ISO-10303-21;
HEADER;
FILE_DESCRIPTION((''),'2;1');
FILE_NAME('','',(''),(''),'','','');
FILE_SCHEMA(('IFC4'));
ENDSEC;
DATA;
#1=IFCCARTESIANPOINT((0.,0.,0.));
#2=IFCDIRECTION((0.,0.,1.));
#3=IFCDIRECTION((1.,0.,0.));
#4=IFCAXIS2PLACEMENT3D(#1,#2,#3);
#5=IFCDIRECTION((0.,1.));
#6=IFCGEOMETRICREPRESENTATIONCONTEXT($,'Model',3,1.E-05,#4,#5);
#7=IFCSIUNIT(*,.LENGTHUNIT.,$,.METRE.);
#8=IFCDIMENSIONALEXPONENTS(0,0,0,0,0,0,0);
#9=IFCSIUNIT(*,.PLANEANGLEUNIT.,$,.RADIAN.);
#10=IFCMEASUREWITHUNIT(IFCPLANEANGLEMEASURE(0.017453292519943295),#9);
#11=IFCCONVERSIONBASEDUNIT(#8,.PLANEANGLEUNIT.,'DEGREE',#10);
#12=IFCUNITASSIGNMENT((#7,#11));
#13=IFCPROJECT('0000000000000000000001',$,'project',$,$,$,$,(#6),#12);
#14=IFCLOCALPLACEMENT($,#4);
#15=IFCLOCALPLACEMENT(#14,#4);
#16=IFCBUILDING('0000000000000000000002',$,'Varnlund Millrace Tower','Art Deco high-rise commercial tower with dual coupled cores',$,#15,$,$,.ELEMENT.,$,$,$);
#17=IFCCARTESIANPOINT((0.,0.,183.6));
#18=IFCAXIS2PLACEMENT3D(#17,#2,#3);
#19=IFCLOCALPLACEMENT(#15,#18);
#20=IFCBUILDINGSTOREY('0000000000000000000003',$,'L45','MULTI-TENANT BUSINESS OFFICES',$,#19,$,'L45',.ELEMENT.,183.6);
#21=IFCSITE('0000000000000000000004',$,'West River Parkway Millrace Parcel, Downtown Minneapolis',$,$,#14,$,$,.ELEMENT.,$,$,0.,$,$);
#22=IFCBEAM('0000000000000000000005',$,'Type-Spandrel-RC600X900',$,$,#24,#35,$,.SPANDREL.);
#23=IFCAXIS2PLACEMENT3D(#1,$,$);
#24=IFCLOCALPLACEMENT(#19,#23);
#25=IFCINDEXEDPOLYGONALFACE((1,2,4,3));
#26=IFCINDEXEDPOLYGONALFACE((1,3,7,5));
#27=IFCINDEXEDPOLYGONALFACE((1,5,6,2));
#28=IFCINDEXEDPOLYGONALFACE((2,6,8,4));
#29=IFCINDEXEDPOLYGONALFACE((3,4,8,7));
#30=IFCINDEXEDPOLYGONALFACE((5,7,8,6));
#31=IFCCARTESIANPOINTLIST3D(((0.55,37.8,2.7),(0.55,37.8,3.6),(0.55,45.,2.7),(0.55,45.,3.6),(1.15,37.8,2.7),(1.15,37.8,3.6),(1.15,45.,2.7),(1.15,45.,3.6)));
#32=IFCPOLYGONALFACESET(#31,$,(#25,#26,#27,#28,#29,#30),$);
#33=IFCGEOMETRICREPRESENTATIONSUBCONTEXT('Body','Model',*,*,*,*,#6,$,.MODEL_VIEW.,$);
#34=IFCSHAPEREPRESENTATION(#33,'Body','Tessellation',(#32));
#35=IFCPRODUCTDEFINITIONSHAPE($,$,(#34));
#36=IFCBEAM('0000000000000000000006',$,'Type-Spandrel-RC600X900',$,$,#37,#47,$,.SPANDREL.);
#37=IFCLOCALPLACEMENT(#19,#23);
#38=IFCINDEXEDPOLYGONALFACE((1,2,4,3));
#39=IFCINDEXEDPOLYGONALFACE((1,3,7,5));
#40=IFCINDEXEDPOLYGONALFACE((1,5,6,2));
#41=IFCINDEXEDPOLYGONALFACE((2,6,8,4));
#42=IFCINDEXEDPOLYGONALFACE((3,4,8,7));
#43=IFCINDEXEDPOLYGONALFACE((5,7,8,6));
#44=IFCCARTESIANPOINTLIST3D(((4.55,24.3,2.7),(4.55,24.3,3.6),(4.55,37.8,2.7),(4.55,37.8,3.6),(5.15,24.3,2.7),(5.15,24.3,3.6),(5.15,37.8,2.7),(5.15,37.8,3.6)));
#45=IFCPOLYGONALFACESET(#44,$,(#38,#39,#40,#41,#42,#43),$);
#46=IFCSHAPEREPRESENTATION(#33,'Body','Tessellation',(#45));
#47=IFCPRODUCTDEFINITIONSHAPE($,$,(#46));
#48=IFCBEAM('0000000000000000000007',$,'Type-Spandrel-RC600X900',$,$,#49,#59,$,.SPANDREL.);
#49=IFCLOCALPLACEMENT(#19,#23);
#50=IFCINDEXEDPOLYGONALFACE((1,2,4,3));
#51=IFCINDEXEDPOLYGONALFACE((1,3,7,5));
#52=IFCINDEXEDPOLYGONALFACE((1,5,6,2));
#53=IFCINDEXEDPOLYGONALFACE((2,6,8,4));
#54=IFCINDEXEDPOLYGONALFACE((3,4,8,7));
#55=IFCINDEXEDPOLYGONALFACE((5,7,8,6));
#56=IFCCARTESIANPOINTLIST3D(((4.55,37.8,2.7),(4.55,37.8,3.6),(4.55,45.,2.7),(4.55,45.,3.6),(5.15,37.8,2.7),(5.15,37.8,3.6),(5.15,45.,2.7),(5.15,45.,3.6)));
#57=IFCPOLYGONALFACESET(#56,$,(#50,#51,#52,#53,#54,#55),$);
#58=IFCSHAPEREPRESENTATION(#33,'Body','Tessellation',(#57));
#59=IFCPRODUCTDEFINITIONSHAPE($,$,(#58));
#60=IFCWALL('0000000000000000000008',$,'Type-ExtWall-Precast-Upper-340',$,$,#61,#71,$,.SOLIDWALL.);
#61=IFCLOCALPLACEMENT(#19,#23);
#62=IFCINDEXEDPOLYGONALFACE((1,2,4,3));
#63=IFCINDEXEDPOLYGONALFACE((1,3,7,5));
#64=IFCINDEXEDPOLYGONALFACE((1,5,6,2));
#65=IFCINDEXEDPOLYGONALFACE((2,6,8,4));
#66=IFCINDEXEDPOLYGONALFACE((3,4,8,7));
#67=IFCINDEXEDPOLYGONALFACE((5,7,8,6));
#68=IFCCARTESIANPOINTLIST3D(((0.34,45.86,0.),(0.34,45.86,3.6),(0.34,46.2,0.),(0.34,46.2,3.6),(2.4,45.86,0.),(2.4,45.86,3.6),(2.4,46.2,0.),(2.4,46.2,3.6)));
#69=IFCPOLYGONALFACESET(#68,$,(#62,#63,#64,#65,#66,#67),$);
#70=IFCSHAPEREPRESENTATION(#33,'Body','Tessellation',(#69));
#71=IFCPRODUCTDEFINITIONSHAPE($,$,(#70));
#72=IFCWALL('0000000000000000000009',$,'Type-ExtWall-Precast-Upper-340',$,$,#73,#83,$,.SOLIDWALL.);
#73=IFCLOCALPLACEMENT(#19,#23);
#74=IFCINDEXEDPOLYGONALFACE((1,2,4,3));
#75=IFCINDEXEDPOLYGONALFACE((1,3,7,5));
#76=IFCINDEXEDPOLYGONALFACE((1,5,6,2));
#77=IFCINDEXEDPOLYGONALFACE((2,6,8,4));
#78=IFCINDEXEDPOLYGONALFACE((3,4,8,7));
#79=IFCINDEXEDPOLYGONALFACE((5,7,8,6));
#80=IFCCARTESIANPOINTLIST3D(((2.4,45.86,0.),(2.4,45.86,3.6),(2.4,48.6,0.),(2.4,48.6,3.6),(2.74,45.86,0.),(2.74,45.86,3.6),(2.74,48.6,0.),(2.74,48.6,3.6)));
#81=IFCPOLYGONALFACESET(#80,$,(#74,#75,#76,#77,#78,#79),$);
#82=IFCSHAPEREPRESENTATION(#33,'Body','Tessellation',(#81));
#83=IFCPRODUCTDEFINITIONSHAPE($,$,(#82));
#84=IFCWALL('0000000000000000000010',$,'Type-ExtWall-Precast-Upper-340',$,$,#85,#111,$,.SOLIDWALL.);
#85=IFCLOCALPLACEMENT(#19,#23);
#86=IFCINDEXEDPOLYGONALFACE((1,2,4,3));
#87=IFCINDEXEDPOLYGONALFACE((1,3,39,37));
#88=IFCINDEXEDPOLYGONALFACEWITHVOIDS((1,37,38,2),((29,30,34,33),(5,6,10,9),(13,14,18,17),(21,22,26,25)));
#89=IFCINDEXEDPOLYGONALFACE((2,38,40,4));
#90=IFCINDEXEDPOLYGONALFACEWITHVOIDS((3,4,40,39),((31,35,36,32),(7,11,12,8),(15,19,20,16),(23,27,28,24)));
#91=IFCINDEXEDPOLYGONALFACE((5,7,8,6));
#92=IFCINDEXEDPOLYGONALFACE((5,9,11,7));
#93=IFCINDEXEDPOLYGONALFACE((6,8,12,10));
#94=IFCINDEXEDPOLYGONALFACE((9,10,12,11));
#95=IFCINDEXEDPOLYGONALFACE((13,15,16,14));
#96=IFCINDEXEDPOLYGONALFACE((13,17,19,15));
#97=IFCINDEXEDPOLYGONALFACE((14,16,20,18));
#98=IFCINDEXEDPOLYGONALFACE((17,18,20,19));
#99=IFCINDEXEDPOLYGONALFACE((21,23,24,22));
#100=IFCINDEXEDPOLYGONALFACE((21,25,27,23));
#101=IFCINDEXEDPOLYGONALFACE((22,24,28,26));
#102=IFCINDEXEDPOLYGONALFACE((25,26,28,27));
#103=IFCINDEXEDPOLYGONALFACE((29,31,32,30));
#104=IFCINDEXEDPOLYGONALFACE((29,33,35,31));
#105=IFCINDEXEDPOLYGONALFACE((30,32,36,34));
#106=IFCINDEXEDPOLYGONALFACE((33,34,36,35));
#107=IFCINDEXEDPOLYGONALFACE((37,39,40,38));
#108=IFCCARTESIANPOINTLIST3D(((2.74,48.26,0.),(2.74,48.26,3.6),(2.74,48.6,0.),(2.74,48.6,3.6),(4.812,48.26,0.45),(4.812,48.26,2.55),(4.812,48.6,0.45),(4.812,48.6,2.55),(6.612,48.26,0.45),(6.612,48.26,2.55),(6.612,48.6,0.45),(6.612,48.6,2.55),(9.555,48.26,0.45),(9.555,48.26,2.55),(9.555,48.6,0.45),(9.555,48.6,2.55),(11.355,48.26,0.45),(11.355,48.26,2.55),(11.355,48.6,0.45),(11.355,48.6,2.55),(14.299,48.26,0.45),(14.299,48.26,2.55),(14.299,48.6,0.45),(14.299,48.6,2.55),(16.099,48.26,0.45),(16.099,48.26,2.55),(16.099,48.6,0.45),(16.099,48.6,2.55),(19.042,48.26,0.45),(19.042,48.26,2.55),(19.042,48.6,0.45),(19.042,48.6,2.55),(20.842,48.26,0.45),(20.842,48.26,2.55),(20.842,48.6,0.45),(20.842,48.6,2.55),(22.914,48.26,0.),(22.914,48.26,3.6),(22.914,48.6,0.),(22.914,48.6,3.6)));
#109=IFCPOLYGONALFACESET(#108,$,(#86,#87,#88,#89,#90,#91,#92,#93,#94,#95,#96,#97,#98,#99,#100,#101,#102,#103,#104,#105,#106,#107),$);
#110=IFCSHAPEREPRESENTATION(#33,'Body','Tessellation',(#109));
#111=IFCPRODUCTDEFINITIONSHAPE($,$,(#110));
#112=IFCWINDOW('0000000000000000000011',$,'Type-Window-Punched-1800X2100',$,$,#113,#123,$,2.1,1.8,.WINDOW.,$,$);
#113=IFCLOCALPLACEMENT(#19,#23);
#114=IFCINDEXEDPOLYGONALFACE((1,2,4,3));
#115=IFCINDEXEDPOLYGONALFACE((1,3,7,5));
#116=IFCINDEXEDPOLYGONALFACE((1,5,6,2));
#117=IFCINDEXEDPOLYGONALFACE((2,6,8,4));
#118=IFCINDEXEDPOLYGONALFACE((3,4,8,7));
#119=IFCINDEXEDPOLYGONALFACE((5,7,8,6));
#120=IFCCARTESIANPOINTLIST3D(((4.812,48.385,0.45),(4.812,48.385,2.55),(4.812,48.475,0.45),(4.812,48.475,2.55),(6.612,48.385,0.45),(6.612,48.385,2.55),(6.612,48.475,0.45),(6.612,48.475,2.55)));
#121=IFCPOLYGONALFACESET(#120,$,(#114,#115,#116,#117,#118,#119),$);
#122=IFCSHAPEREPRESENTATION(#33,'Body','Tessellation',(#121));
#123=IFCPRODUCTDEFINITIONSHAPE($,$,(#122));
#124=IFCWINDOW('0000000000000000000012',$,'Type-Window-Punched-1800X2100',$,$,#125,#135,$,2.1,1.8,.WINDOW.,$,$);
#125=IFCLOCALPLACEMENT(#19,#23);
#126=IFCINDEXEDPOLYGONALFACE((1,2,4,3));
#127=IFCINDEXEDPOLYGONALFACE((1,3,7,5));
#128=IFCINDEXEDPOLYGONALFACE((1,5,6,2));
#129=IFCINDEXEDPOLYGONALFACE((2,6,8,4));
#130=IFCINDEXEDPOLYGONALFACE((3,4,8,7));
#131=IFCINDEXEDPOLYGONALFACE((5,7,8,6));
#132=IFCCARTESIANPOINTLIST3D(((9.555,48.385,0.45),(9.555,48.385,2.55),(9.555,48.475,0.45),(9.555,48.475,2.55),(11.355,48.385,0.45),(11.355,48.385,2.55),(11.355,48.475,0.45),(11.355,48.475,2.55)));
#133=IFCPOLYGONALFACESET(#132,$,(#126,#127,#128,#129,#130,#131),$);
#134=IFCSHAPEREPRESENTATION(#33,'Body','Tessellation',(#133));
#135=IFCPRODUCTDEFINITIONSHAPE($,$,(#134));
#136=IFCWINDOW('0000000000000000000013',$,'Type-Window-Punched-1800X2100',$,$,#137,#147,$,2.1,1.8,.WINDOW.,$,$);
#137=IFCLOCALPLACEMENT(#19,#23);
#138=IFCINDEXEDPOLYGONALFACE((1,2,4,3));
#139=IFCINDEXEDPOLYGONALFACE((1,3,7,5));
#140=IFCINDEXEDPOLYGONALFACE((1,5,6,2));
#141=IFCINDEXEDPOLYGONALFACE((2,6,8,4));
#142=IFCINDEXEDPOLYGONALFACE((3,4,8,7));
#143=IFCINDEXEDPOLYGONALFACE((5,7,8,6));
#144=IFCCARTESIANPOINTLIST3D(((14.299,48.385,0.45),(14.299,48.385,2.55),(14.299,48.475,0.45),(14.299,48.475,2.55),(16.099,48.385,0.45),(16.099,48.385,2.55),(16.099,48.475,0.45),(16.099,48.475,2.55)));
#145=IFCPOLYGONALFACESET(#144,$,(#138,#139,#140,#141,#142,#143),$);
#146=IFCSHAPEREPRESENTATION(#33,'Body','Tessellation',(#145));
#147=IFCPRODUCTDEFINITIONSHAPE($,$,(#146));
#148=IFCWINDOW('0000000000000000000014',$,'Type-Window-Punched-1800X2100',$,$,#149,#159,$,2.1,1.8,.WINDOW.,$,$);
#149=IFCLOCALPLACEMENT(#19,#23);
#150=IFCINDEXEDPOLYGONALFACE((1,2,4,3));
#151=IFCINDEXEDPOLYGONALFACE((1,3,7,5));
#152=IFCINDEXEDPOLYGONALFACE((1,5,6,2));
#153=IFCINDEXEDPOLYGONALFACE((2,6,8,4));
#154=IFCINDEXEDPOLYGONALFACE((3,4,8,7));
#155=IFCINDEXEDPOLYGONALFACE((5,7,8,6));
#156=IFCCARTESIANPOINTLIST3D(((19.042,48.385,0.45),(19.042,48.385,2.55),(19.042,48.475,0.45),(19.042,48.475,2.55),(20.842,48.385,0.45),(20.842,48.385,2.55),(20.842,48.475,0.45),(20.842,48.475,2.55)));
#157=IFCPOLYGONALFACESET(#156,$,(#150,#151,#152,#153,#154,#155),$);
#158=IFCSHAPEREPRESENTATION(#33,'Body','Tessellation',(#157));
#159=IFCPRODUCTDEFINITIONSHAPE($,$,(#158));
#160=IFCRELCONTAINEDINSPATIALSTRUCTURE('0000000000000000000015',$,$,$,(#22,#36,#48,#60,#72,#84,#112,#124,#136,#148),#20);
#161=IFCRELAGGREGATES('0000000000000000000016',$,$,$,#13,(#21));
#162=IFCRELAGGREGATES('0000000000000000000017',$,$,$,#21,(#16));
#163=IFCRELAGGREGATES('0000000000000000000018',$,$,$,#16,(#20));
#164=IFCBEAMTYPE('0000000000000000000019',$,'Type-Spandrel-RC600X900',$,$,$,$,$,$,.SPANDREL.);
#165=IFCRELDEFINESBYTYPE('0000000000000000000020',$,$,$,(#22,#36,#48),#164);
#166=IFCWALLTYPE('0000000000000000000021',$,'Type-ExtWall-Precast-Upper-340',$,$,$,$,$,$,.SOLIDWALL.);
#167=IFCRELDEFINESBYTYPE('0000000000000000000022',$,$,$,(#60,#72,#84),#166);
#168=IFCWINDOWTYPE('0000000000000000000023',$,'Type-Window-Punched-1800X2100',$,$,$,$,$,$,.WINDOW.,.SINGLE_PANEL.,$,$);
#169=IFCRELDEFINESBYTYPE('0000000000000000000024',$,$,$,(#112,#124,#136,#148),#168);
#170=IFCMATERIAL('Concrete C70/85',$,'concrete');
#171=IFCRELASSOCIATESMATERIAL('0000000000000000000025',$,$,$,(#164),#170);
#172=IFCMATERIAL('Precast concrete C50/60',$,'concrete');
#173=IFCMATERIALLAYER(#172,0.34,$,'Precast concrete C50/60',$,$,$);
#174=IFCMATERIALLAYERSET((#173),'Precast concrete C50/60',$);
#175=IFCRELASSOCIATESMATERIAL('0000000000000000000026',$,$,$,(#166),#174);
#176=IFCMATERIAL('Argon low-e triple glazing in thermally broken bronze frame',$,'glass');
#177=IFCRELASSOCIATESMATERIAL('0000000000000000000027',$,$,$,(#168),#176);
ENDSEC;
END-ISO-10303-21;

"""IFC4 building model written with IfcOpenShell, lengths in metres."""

from ifc_helpers import new_model, entity, si_unit, converted_unit, direction, frame, origin_with_axes, origin_2d_with_axis, place, context, subcontext, project, spatial, polyline, rectangle, outline, extrude, material, layer, layer_set, material_profile, profile_set, type_object, element, fill, save


model = new_model("IFC4")

# Units and contexts
model_context = context("Model", 3, precision=1e-05, world=origin_with_axes(), true_north=direction((0.0, 1.0)))
body_context = subcontext(model_context, "Body", "Model", "MODEL_VIEW")
ifc_project = project(units=[si_unit("LENGTHUNIT", "METRE"), converted_unit("PLANEANGLEUNIT", "DEGREE", entity("IfcPlaneAngleMeasure", 0.017453292519943295), si_unit("PLANEANGLEUNIT", "RADIAN"), dimensions=[0, 0, 0, 0, 0, 0, 0])], contexts=[model_context])

# Site, building, storey
site_placement = place(None, origin_with_axes())
site = spatial("IfcSite", under=ifc_project, at=site_placement, Name="West River Parkway Millrace Parcel, Downtown Minneapolis", CompositionType="ELEMENT", RefElevation=0.0)
building_placement = place(site_placement, origin_with_axes())
building = spatial("IfcBuilding", under=site, at=building_placement, Name="Varnlund Millrace Tower", Description="Art Deco high-rise commercial tower with dual coupled cores", CompositionType="ELEMENT")
storey_placement = place(building_placement, frame((0.0, 0.0, 183.6), z_axis=(0.0, 0.0, 1.0), x_axis=(1.0, 0.0, 0.0)))
storey = spatial("IfcBuildingStorey", under=building, at=storey_placement, Name="L45", Description="MULTI-TENANT BUSINESS OFFICES", LongName="L45", CompositionType="ELEMENT", Elevation=183.6)

# Beams
ifc_material_1 = material(Name="Concrete C70/85", Category="concrete")
ifc_material_profile_1 = material_profile(ifc_material_1, rectangle(XDim=0.6, YDim=0.9, at=origin_2d_with_axis()), Name="Concrete C70/85")
ifc_profile_set_1 = profile_set([ifc_material_profile_1], Name="Concrete C70/85")
beam_type_1 = type_object("IfcBeamType", Name="Type-Spandrel-RC600X900", PredefinedType="SPANDREL", material=ifc_profile_set_1)
beam_1_placement = place(storey_placement, frame((0.85, 37.8, 3.15), z_axis=(0.0, 1.0, 0.0), x_axis=(-1.0, 0.0, 0.0)))
element("IfcBeam", 1, at=beam_1_placement, inside=storey, type_object=beam_type_1, Name="Type-Spandrel-RC600X900", PredefinedType="SPANDREL", context=body_context, shape_type="SweptSolid", body=[
    extrude(rectangle(XDim=0.6, YDim=0.9, at=origin_2d_with_axis()), origin_with_axes(), (0.0, 0.0, 1.0), 7.2),
])
beam_2_placement = place(storey_placement, frame((4.85, 24.3, 3.15), z_axis=(0.0, 1.0, 0.0), x_axis=(-1.0, 0.0, 0.0)))
element("IfcBeam", 2, at=beam_2_placement, inside=storey, type_object=beam_type_1, Name="Type-Spandrel-RC600X900", PredefinedType="SPANDREL", context=body_context, shape_type="SweptSolid", body=[
    extrude(rectangle(XDim=0.6, YDim=0.9, at=origin_2d_with_axis()), origin_with_axes(), (0.0, 0.0, 1.0), 13.5),
])
beam_3_placement = place(storey_placement, frame((4.85, 37.8, 3.15), z_axis=(0.0, 1.0, 0.0), x_axis=(-1.0, 0.0, 0.0)))
element("IfcBeam", 3, at=beam_3_placement, inside=storey, type_object=beam_type_1, Name="Type-Spandrel-RC600X900", PredefinedType="SPANDREL", context=body_context, shape_type="SweptSolid", body=[
    extrude(rectangle(XDim=0.6, YDim=0.9, at=origin_2d_with_axis()), origin_with_axes(), (0.0, 0.0, 1.0), 7.2),
])

# Walls
ifc_material_2 = material(Name="Precast concrete C50/60", Category="concrete")
ifc_layer = layer(ifc_material_2, 0.34, Name="Precast concrete C50/60")
ifc_layer_set = layer_set([ifc_layer], Name="Precast concrete C50/60")
wall_type = type_object("IfcWallType", Name="Type-ExtWall-Precast-Upper-340", PredefinedType="SOLIDWALL", material=ifc_layer_set)
wall_1_placement = place(storey_placement, frame((0.34, 46.03, 0.0), z_axis=(0.0, 0.0, 1.0), x_axis=(1.0, 0.0, 0.0)))
element("IfcWall", 4, at=wall_1_placement, inside=storey, type_object=wall_type, Name="Type-ExtWall-Precast-Upper-340", PredefinedType="SOLIDWALL", context=body_context, shape_type="SweptSolid", body=[
    extrude(outline(polyline([(0.0, -0.17), (2.06, -0.17), (2.06, 0.17), (0.0, 0.17), (0.0, -0.17)])), origin_with_axes(), (0.0, 0.0, 1.0), 3.6),
])
wall_2_placement = place(storey_placement, frame((2.57, 45.86, 0.0), z_axis=(0.0, 0.0, 1.0), x_axis=(0.0, 1.0, 0.0)))
element("IfcWall", 5, at=wall_2_placement, inside=storey, type_object=wall_type, Name="Type-ExtWall-Precast-Upper-340", PredefinedType="SOLIDWALL", context=body_context, shape_type="SweptSolid", body=[
    extrude(outline(polyline([(0.0, -0.17), (2.74, -0.17), (2.74, 0.17), (0.0, 0.17), (0.0, -0.17)])), origin_with_axes(), (0.0, 0.0, 1.0), 3.6),
])

# Wall, openings, windows
wall_3_placement = place(storey_placement, frame((2.74, 48.43, 0.0), z_axis=(0.0, 0.0, 1.0), x_axis=(1.0, 0.0, 0.0)))
wall_3 = element("IfcWall", 6, at=wall_3_placement, inside=storey, type_object=wall_type, Name="Type-ExtWall-Precast-Upper-340", PredefinedType="SOLIDWALL", context=body_context, shape_type="SweptSolid", body=[
    extrude(outline(polyline([(0.0, -0.17), (20.174, -0.17), (20.174, 0.17), (0.0, 0.17), (0.0, -0.17)])), origin_with_axes(), (0.0, 0.0, 1.0), 3.6),
])
opening_1_placement = place(wall_3_placement, frame((2.972, 0.0, 0.45), z_axis=(0.0, 0.0, 1.0), x_axis=(1.0, 0.0, 0.0)))
opening_1 = element("IfcOpeningElement", 7, at=opening_1_placement, cuts=wall_3, PredefinedType="OPENING", context=body_context, shape_type="SweptSolid", body=[
    extrude(rectangle(XDim=1.8, YDim=0.36, at=origin_2d_with_axis()), origin_with_axes(), (0.0, 0.0, 1.0), 2.1),
])
opening_2_placement = place(wall_3_placement, frame((7.715, 0.0, 0.45), z_axis=(0.0, 0.0, 1.0), x_axis=(1.0, 0.0, 0.0)))
opening_2 = element("IfcOpeningElement", 8, at=opening_2_placement, cuts=wall_3, PredefinedType="OPENING", context=body_context, shape_type="SweptSolid", body=[
    extrude(rectangle(XDim=1.8, YDim=0.36, at=origin_2d_with_axis()), origin_with_axes(), (0.0, 0.0, 1.0), 2.1),
])
opening_3_placement = place(wall_3_placement, frame((12.459, 0.0, 0.45), z_axis=(0.0, 0.0, 1.0), x_axis=(1.0, 0.0, 0.0)))
opening_3 = element("IfcOpeningElement", 9, at=opening_3_placement, cuts=wall_3, PredefinedType="OPENING", context=body_context, shape_type="SweptSolid", body=[
    extrude(rectangle(XDim=1.8, YDim=0.36, at=origin_2d_with_axis()), origin_with_axes(), (0.0, 0.0, 1.0), 2.1),
])
opening_4_placement = place(wall_3_placement, frame((17.202, 0.0, 0.45), z_axis=(0.0, 0.0, 1.0), x_axis=(1.0, 0.0, 0.0)))
opening_4 = element("IfcOpeningElement", 10, at=opening_4_placement, cuts=wall_3, PredefinedType="OPENING", context=body_context, shape_type="SweptSolid", body=[
    extrude(rectangle(XDim=1.8, YDim=0.36, at=origin_2d_with_axis()), origin_with_axes(), (0.0, 0.0, 1.0), 2.1),
])
ifc_material_3 = material(Name="Argon low-e triple glazing in thermally broken bronze frame", Category="glass")
window_type = type_object("IfcWindowType", Name="Type-Window-Punched-1800X2100", PartitioningType="SINGLE_PANEL", PredefinedType="WINDOW", material=ifc_material_3)
window_1_placement = place(wall_3_placement, frame((2.972, 0.0, 0.45), z_axis=(0.0, 0.0, 1.0), x_axis=(1.0, 0.0, 0.0)))
window_1 = element("IfcWindow", 11, at=window_1_placement, inside=storey, type_object=window_type, Name="Type-Window-Punched-1800X2100", OverallHeight=2.1, OverallWidth=1.8, PredefinedType="WINDOW", context=body_context, shape_type="SweptSolid", body=[
    extrude(rectangle(XDim=1.8, YDim=0.09, at=origin_2d_with_axis()), origin_with_axes(), (0.0, 0.0, 1.0), 2.1),
])
fill(opening_1, window_1)
window_2_placement = place(wall_3_placement, frame((7.715, 0.0, 0.45), z_axis=(0.0, 0.0, 1.0), x_axis=(1.0, 0.0, 0.0)))
window_2 = element("IfcWindow", 12, at=window_2_placement, inside=storey, type_object=window_type, Name="Type-Window-Punched-1800X2100", OverallHeight=2.1, OverallWidth=1.8, PredefinedType="WINDOW", context=body_context, shape_type="SweptSolid", body=[
    extrude(rectangle(XDim=1.8, YDim=0.09, at=origin_2d_with_axis()), origin_with_axes(), (0.0, 0.0, 1.0), 2.1),
])
fill(opening_2, window_2)
window_3_placement = place(wall_3_placement, frame((12.459, 0.0, 0.45), z_axis=(0.0, 0.0, 1.0), x_axis=(1.0, 0.0, 0.0)))
window_3 = element("IfcWindow", 13, at=window_3_placement, inside=storey, type_object=window_type, Name="Type-Window-Punched-1800X2100", OverallHeight=2.1, OverallWidth=1.8, PredefinedType="WINDOW", context=body_context, shape_type="SweptSolid", body=[
    extrude(rectangle(XDim=1.8, YDim=0.09, at=origin_2d_with_axis()), origin_with_axes(), (0.0, 0.0, 1.0), 2.1),
])
fill(opening_3, window_3)
window_4_placement = place(wall_3_placement, frame((17.202, 0.0, 0.45), z_axis=(0.0, 0.0, 1.0), x_axis=(1.0, 0.0, 0.0)))
window_4 = element("IfcWindow", 14, at=window_4_placement, inside=storey, type_object=window_type, Name="Type-Window-Punched-1800X2100", OverallHeight=2.1, OverallWidth=1.8, PredefinedType="WINDOW", context=body_context, shape_type="SweptSolid", body=[
    extrude(rectangle(XDim=1.8, YDim=0.09, at=origin_2d_with_axis()), origin_with_axes(), (0.0, 0.0, 1.0), 2.1),
])
fill(opening_4, window_4)

save(model, "model.ifc")
